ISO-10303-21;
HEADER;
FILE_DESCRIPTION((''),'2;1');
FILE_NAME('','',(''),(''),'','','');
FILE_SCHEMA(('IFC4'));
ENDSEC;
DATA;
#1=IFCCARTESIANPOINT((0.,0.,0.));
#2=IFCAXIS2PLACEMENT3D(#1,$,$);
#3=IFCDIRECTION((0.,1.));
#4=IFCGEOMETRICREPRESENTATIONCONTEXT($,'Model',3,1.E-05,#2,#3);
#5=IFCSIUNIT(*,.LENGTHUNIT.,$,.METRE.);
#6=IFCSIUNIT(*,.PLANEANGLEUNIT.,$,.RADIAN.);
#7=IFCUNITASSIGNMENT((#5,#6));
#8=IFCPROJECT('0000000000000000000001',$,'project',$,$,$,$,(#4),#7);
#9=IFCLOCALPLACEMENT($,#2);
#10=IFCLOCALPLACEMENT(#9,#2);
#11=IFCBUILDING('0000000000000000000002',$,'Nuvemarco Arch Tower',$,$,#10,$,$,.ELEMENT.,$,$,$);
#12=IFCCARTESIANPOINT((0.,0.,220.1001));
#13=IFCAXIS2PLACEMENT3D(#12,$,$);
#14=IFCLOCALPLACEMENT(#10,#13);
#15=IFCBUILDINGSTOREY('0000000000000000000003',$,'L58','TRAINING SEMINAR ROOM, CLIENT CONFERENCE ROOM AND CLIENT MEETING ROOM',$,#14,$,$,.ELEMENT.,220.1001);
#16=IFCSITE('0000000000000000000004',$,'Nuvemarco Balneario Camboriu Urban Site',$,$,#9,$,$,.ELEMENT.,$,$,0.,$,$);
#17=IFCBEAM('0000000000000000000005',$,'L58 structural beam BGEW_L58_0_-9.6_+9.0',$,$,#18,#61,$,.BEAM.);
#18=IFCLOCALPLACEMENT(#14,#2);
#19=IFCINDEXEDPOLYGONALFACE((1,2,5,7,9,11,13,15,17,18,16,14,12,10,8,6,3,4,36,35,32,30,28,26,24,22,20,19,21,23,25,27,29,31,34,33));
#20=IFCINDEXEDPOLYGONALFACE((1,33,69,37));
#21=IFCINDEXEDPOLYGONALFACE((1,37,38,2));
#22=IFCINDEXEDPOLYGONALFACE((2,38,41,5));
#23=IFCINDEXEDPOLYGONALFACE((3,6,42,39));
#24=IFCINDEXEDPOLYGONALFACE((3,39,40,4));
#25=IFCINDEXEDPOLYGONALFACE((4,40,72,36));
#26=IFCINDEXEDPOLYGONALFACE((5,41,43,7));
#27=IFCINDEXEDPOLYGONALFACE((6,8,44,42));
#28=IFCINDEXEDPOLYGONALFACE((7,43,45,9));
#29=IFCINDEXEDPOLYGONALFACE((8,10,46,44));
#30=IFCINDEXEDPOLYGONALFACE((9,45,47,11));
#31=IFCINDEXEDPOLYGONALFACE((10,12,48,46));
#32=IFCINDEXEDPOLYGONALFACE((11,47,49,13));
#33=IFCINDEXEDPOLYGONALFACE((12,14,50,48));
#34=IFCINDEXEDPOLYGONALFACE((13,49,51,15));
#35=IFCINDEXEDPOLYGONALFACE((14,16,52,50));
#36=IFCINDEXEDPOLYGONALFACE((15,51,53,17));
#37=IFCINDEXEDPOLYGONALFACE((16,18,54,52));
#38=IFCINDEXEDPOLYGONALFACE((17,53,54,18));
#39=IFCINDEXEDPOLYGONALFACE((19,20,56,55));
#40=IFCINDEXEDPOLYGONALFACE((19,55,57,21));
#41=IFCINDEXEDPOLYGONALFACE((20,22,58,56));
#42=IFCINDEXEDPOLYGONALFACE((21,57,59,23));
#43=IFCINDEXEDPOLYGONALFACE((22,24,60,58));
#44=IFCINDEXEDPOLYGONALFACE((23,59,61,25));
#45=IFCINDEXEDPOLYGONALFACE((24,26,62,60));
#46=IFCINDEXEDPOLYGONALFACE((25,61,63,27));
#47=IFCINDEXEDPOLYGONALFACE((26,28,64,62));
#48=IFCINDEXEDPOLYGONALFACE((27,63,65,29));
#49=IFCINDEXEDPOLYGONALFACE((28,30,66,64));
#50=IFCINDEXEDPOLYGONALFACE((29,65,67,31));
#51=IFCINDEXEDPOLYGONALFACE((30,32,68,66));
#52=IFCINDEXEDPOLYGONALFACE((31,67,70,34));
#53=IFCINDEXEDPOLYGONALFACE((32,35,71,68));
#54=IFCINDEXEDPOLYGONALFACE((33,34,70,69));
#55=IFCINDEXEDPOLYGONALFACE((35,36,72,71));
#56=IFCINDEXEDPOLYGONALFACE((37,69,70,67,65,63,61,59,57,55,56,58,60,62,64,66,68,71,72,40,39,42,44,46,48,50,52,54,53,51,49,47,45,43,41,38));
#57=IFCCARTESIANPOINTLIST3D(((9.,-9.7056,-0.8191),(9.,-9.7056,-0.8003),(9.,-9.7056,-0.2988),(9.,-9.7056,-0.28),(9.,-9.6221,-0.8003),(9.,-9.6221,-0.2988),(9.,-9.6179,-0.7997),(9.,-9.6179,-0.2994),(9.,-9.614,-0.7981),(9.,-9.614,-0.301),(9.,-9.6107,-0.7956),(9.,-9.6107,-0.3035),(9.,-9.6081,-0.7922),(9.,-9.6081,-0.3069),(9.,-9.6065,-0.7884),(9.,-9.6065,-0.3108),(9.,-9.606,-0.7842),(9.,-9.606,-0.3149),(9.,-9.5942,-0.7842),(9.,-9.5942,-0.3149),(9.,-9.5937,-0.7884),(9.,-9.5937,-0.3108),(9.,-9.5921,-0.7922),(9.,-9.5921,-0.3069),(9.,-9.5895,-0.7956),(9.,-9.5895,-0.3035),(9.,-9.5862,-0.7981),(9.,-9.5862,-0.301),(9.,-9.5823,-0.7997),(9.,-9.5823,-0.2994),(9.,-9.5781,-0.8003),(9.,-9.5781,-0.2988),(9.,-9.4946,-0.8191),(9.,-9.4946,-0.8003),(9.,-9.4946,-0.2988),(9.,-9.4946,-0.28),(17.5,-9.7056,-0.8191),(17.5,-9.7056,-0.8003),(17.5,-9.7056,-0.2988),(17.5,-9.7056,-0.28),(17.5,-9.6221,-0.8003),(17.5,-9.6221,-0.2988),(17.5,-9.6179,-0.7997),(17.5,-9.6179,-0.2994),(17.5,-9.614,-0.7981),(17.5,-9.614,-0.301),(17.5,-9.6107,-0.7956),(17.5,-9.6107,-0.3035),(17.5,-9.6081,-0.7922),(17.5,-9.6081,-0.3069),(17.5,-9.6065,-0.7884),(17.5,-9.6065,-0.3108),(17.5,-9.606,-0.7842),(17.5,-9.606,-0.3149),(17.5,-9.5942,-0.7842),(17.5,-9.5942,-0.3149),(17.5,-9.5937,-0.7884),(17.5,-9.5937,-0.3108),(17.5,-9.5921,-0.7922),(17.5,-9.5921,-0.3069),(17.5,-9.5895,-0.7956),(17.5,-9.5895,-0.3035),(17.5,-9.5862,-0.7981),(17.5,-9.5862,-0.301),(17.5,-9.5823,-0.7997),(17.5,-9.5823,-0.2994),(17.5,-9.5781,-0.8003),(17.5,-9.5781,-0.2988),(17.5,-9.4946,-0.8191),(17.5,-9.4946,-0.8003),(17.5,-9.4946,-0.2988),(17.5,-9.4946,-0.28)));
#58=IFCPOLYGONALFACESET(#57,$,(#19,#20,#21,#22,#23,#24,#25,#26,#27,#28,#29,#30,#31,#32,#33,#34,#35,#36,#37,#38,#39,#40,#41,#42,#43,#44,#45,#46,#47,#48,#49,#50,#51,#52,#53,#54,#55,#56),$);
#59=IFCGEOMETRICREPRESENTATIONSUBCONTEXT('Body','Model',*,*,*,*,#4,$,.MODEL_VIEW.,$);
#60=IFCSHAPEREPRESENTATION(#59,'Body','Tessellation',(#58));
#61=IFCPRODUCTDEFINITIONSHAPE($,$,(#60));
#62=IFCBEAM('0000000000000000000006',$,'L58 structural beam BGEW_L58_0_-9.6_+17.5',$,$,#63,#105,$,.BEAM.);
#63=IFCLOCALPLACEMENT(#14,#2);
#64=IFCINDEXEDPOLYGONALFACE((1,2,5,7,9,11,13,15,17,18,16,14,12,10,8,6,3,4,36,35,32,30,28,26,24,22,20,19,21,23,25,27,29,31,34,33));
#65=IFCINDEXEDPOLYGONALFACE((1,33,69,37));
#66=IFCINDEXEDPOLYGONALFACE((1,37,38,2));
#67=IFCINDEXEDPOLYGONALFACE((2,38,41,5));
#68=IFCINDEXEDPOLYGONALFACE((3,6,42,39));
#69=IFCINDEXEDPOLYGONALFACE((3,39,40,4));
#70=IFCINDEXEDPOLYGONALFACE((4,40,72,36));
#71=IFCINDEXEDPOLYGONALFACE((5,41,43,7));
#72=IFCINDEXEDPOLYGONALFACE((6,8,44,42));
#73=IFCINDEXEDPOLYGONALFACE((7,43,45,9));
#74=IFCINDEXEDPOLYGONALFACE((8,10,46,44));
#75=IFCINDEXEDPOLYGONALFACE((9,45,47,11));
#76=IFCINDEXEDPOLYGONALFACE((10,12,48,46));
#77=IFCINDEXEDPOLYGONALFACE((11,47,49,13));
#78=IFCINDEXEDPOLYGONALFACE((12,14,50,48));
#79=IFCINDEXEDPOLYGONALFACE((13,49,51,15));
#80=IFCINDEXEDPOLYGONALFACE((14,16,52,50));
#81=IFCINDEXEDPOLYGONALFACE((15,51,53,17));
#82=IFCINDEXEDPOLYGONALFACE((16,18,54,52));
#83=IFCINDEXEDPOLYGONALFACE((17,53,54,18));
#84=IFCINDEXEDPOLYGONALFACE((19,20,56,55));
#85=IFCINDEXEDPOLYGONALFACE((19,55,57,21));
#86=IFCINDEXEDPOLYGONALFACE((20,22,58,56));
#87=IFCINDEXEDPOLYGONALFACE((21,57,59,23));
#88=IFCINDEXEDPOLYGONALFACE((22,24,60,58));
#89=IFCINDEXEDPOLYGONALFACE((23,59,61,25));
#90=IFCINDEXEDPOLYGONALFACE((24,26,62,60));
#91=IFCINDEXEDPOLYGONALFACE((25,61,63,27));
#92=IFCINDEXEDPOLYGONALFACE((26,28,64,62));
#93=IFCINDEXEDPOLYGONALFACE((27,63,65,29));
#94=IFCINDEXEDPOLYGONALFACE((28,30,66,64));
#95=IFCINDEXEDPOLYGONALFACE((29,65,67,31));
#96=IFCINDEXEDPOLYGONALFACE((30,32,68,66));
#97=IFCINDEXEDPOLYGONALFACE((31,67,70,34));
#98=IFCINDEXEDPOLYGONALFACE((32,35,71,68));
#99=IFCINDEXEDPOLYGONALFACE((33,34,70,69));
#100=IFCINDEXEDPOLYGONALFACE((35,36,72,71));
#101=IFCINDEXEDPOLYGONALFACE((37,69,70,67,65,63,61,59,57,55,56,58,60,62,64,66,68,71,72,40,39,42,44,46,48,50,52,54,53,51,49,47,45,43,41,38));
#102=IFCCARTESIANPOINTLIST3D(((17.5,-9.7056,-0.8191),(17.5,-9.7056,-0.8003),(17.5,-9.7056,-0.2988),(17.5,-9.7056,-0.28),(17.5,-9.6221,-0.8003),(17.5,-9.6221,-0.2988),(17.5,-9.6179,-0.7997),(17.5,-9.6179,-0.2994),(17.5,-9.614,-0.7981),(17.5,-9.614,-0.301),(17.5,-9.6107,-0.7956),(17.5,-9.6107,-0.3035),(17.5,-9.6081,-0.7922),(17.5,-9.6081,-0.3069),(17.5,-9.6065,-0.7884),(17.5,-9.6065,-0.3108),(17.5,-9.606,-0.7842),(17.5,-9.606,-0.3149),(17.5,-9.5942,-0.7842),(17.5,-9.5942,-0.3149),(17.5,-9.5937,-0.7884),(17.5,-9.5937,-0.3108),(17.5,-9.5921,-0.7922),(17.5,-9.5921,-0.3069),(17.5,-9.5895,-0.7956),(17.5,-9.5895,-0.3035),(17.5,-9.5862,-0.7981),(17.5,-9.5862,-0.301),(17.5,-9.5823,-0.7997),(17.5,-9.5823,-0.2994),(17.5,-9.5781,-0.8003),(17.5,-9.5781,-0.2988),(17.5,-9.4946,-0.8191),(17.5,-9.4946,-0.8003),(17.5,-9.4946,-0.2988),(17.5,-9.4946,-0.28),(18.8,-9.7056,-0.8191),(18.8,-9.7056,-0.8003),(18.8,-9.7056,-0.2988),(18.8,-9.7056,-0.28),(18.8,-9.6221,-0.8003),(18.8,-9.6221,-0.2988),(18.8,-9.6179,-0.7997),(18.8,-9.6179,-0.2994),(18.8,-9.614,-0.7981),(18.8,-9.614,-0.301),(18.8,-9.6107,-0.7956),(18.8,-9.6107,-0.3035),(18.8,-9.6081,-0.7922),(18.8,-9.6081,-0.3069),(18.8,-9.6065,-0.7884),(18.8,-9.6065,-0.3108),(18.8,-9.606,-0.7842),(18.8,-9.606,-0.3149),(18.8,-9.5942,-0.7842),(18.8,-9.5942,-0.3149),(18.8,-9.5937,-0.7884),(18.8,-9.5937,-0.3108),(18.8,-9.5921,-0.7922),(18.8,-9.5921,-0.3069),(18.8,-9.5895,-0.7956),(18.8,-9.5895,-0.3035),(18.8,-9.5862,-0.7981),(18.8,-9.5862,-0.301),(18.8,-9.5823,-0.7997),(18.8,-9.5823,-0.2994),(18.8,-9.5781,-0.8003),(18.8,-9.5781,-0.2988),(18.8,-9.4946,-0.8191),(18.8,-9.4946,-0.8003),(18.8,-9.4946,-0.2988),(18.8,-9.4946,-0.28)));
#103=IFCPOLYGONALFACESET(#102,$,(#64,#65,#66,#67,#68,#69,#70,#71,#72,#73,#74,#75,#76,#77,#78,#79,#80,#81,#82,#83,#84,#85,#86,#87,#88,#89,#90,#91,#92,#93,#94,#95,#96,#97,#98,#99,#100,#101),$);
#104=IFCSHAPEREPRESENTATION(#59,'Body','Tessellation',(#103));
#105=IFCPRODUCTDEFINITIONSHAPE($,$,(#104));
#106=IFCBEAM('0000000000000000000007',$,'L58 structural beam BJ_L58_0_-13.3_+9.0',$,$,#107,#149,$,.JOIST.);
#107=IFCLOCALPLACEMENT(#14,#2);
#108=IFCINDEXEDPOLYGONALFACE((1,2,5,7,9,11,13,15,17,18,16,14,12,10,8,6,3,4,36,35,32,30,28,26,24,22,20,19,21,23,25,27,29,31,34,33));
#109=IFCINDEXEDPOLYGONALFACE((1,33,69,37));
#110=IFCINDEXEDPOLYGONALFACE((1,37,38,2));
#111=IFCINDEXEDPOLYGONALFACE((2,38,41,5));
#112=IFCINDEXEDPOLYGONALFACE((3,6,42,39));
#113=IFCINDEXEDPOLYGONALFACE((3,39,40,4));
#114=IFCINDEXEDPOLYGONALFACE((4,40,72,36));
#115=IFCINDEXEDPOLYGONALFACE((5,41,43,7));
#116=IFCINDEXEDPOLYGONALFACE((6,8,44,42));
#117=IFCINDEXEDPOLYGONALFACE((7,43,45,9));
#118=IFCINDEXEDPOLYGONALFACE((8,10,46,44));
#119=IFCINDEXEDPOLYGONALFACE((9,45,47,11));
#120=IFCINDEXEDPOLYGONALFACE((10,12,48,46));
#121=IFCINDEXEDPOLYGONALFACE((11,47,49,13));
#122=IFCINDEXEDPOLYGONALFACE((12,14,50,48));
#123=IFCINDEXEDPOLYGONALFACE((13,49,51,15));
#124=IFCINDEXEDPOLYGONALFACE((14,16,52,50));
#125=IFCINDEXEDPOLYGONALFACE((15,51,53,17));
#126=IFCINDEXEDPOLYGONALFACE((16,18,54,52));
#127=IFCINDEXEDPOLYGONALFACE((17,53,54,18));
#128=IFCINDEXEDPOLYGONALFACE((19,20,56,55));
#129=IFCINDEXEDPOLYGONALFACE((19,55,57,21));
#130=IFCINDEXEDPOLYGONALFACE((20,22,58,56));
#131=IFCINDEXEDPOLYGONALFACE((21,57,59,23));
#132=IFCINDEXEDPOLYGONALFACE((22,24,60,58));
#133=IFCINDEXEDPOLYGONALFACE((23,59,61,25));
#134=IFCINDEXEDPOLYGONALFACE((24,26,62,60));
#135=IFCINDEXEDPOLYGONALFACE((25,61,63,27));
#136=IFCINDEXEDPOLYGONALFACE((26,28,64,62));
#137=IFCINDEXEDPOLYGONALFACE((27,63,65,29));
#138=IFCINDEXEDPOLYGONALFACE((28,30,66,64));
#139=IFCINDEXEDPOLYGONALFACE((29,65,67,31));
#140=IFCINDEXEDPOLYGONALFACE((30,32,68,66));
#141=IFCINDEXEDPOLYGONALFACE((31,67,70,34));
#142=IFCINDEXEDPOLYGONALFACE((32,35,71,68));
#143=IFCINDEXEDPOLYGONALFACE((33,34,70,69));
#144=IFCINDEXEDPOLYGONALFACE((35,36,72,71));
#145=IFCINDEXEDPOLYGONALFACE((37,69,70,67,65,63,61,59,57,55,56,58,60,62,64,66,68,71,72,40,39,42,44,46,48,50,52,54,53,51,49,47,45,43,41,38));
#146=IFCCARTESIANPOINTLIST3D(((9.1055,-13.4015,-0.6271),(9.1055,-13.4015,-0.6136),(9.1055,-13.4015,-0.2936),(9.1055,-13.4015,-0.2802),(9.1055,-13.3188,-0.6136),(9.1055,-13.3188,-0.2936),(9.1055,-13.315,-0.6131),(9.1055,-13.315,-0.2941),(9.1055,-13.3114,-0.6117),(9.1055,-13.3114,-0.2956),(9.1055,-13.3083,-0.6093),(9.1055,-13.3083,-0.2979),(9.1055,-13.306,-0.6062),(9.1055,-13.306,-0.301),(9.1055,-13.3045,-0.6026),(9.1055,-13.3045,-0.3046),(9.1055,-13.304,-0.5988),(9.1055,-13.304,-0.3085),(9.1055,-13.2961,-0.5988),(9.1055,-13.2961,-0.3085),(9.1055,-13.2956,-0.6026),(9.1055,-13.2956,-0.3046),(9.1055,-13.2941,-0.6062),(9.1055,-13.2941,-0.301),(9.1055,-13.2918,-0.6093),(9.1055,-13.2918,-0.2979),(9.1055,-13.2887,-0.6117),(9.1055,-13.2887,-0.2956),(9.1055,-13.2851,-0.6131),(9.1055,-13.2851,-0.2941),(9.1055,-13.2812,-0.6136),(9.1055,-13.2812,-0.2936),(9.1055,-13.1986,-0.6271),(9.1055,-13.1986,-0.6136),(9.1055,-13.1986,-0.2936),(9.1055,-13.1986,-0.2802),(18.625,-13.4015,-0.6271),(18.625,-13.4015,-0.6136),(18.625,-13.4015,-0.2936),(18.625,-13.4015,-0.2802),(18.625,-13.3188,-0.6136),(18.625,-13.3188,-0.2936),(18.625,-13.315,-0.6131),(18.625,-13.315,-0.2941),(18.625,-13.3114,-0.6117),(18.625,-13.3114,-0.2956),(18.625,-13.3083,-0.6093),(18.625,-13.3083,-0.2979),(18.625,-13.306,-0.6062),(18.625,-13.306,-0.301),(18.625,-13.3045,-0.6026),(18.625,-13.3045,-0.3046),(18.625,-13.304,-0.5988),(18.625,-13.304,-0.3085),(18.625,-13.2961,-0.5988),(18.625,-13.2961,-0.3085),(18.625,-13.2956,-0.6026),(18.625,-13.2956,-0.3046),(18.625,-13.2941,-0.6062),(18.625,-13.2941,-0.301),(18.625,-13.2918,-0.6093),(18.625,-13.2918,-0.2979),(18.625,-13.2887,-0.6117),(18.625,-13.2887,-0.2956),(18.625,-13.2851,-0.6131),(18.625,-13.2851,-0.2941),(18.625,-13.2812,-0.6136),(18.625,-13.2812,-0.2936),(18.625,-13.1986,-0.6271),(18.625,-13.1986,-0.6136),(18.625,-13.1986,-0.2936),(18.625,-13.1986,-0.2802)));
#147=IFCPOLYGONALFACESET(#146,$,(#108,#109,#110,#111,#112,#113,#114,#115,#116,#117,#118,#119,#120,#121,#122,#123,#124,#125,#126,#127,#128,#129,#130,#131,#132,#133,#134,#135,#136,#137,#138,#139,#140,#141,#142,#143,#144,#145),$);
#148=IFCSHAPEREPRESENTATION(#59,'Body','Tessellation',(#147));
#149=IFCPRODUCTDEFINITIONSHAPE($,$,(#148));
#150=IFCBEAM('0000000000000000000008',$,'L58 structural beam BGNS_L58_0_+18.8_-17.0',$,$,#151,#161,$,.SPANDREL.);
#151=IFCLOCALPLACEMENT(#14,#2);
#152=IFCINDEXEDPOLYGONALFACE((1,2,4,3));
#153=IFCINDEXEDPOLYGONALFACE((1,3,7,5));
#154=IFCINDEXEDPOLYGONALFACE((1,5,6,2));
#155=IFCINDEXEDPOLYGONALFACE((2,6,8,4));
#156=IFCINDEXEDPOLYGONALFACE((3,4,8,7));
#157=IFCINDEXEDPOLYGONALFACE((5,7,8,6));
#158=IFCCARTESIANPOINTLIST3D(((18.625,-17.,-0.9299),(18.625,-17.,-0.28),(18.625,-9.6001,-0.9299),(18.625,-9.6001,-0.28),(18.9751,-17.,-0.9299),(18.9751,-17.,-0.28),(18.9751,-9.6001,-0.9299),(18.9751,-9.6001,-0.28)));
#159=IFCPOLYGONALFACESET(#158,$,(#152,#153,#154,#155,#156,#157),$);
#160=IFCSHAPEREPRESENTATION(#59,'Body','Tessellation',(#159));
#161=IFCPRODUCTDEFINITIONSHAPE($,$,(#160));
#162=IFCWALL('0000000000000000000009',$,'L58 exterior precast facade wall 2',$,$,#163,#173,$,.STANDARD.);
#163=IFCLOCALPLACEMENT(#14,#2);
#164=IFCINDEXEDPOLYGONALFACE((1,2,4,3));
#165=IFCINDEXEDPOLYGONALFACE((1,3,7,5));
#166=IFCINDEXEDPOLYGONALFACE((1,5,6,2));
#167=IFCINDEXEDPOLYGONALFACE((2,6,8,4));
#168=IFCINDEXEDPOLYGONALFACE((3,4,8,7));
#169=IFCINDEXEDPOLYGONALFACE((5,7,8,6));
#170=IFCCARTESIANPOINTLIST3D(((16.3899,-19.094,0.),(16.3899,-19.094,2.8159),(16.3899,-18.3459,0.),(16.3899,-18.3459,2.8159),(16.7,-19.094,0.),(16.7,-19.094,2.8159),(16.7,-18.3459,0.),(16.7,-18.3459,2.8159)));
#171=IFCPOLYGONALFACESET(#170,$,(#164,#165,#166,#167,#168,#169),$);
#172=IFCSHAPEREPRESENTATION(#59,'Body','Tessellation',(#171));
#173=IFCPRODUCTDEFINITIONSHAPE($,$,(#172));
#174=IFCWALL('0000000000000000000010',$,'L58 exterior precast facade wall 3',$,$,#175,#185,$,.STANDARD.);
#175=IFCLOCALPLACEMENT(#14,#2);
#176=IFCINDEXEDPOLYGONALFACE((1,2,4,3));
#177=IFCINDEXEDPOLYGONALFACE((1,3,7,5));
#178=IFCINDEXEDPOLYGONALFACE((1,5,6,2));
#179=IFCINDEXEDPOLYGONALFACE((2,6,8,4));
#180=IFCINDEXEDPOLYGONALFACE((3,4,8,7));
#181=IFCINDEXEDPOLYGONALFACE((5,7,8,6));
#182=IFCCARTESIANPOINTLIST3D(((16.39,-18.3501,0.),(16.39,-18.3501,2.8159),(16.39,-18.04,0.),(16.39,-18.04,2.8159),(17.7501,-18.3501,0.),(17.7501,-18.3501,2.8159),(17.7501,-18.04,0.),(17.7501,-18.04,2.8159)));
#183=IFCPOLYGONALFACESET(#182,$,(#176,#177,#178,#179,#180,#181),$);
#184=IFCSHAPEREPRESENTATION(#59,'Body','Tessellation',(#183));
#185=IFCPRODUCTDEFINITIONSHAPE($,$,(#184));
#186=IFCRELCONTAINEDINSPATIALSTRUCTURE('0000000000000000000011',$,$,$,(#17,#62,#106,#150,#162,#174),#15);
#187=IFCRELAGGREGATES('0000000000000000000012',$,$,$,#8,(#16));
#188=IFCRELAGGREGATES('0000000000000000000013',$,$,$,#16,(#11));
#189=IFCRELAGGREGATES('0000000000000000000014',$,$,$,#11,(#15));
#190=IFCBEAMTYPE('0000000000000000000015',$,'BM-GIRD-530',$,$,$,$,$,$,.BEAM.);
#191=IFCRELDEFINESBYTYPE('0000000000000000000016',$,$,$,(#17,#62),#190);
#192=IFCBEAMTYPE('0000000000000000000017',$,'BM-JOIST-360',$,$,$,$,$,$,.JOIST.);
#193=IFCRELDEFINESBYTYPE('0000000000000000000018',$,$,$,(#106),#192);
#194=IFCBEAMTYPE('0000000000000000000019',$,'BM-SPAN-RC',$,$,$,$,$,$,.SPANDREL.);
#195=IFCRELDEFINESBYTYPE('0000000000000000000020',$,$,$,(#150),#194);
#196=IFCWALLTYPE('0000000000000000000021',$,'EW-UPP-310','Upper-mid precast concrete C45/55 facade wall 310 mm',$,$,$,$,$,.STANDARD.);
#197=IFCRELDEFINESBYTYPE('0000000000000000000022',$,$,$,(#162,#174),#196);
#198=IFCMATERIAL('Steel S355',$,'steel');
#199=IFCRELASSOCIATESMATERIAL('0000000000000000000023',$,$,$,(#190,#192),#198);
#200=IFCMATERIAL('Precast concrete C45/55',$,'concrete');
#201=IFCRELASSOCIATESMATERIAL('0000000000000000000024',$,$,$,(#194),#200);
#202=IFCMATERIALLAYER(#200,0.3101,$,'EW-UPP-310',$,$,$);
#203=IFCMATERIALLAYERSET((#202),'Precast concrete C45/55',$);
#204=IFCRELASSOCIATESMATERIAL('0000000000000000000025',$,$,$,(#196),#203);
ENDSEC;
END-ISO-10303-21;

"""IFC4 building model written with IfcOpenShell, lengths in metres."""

from ifc_helpers import new_model, si_unit, direction, frame, frame_2d, origin, origin_2d, place, context, subcontext, project, spatial, rectangle, i_section, extrude, material, layer, layer_set, material_profile, profile_set, type_object, element, save


model = new_model("IFC4")

# Units and contexts
model_context = context("Model", 3, precision=1e-05, world=origin(), true_north=direction((0.0, 1.0)))
body_context = subcontext(model_context, "Body", "Model", "MODEL_VIEW")
ifc_project = project(units=[si_unit("LENGTHUNIT", "METRE"), si_unit("PLANEANGLEUNIT", "RADIAN")], contexts=[model_context])

# Site, building, storey
site_placement = place(None, origin())
site = spatial("IfcSite", under=ifc_project, at=site_placement, Name="Nuvemarco Balneario Camboriu Urban Site", CompositionType="ELEMENT", RefElevation=0.0)
building_placement = place(site_placement, origin())
building = spatial("IfcBuilding", under=site, at=building_placement, Name="Nuvemarco Arch Tower", CompositionType="ELEMENT")
storey_placement = place(building_placement, frame((0.0, 0.0, 220.1001)))
storey = spatial("IfcBuildingStorey", under=building, at=storey_placement, Name="L58", Description="TRAINING SEMINAR ROOM, CLIENT CONFERENCE ROOM AND CLIENT MEETING ROOM", CompositionType="ELEMENT", Elevation=220.1001)

# Shared definitions
ifc_material_1 = material(Name="Steel S355", Category="steel")

# Beams
ifc_material_profile_1 = material_profile(ifc_material_1, i_section(OverallWidth=0.2109, OverallDepth=0.5391, WebThickness=0.0117, FlangeThickness=0.0188, FilletRadius=0.0161, at=origin_2d()), Name="W530x109")
ifc_profile_set_1 = profile_set([ifc_material_profile_1], Name="Steel S355")
beam_type_1 = type_object("IfcBeamType", Name="BM-GIRD-530", PredefinedType="BEAM", material=ifc_profile_set_1)
beam_1_placement = place(storey_placement, frame((9.0, -9.6001, -0.5496), z_axis=(1.0, 0.0, 0.0), x_axis=(0.0, 1.0, 0.0)))
element("IfcBeam", 1, at=beam_1_placement, inside=storey, type_object=beam_type_1, Name="L58 structural beam BGEW_L58_0_-9.6_+9.0", PredefinedType="BEAM", context=body_context, shape_type="SweptSolid", body=[
    extrude(i_section(OverallWidth=0.2109, OverallDepth=0.5391, WebThickness=0.0117, FlangeThickness=0.0188, FilletRadius=0.0161, at=origin_2d()), origin(), (0.0, 0.0, 1.0), 8.5),
])
beam_2_placement = place(storey_placement, frame((17.5, -9.6001, -0.5496), z_axis=(1.0, 0.0, 0.0), x_axis=(0.0, 1.0, 0.0)))
element("IfcBeam", 2, at=beam_2_placement, inside=storey, type_object=beam_type_1, Name="L58 structural beam BGEW_L58_0_-9.6_+17.5", PredefinedType="BEAM", context=body_context, shape_type="SweptSolid", body=[
    extrude(i_section(OverallWidth=0.2109, OverallDepth=0.5391, WebThickness=0.0117, FlangeThickness=0.0188, FilletRadius=0.0161, at=origin_2d()), origin(), (0.0, 0.0, 1.0), 1.3),
])
ifc_material_profile_2 = material_profile(ifc_material_1, i_section(OverallWidth=0.2029, OverallDepth=0.3469, WebThickness=0.0078, FlangeThickness=0.0134, FilletRadius=0.0149, at=origin_2d()), Name="W360x64")
ifc_profile_set_2 = profile_set([ifc_material_profile_2], Name="Steel S355")
beam_type_2 = type_object("IfcBeamType", Name="BM-JOIST-360", PredefinedType="JOIST", material=ifc_profile_set_2)
beam_3_placement = place(storey_placement, frame((9.1055, -13.3, -0.4536), z_axis=(1.0, 0.0, 0.0), x_axis=(0.0, 1.0, 0.0)))
element("IfcBeam", 3, at=beam_3_placement, inside=storey, type_object=beam_type_2, Name="L58 structural beam BJ_L58_0_-13.3_+9.0", PredefinedType="JOIST", context=body_context, shape_type="SweptSolid", body=[
    extrude(i_section(OverallWidth=0.2029, OverallDepth=0.3469, WebThickness=0.0078, FlangeThickness=0.0134, FilletRadius=0.0149, at=origin_2d()), origin(), (0.0, 0.0, 1.0), 9.5195),
])
ifc_material_2 = material(Name="Precast concrete C45/55", Category="concrete")
ifc_material_profile_3 = material_profile(ifc_material_2, rectangle(XDim=0.3501, YDim=0.6499, at=origin_2d()), Name="PC-SP-350x650")
ifc_profile_set_3 = profile_set([ifc_material_profile_3], Name="Precast concrete C45/55")
beam_type_3 = type_object("IfcBeamType", Name="BM-SPAN-RC", PredefinedType="SPANDREL", material=ifc_profile_set_3)
beam_4_placement = place(storey_placement, frame((18.8, -17.0, -0.605), z_axis=(0.0, 1.0, 0.0), x_axis=(-1.0, 0.0, 0.0)))
element("IfcBeam", 4, at=beam_4_placement, inside=storey, type_object=beam_type_3, Name="L58 structural beam BGNS_L58_0_+18.8_-17.0", PredefinedType="SPANDREL", context=body_context, shape_type="SweptSolid", body=[
    extrude(rectangle(XDim=0.3501, YDim=0.6499, at=origin_2d()), origin(), (0.0, 0.0, 1.0), 7.3999),
])

# Walls
ifc_layer = layer(ifc_material_2, 0.3101, Name="EW-UPP-310")
ifc_layer_set = layer_set([ifc_layer], Name="Precast concrete C45/55")
wall_type = type_object("IfcWallType", Name="EW-UPP-310", Description="Upper-mid precast concrete C45/55 facade wall 310 mm", PredefinedType="STANDARD", material=ifc_layer_set)
wall_1_placement = place(storey_placement, frame((16.5449, -19.094, 0.0), z_axis=(0.0, 0.0, 1.0), x_axis=(0.0, 1.0, 0.0)))
element("IfcWall", 5, at=wall_1_placement, inside=storey, type_object=wall_type, Name="L58 exterior precast facade wall 2", PredefinedType="STANDARD", context=body_context, shape_type="SweptSolid", body=[
    extrude(rectangle(XDim=0.748, YDim=0.3101, at=frame_2d((0.374, 0.0))), origin(), (0.0, 0.0, 1.0), 2.8159),
])
wall_2_placement = place(storey_placement, frame((16.3899, -18.1951, 0.0), z_axis=(0.0, 0.0, 1.0), x_axis=(1.0, 0.0, 0.0)))
element("IfcWall", 6, at=wall_2_placement, inside=storey, type_object=wall_type, Name="L58 exterior precast facade wall 3", PredefinedType="STANDARD", context=body_context, shape_type="SweptSolid", body=[
    extrude(rectangle(XDim=1.3601, YDim=0.3101, at=frame_2d((0.6802, 0.0))), origin(), (0.0, 0.0, 1.0), 2.8159),
])

save(model, "model.ifc")
